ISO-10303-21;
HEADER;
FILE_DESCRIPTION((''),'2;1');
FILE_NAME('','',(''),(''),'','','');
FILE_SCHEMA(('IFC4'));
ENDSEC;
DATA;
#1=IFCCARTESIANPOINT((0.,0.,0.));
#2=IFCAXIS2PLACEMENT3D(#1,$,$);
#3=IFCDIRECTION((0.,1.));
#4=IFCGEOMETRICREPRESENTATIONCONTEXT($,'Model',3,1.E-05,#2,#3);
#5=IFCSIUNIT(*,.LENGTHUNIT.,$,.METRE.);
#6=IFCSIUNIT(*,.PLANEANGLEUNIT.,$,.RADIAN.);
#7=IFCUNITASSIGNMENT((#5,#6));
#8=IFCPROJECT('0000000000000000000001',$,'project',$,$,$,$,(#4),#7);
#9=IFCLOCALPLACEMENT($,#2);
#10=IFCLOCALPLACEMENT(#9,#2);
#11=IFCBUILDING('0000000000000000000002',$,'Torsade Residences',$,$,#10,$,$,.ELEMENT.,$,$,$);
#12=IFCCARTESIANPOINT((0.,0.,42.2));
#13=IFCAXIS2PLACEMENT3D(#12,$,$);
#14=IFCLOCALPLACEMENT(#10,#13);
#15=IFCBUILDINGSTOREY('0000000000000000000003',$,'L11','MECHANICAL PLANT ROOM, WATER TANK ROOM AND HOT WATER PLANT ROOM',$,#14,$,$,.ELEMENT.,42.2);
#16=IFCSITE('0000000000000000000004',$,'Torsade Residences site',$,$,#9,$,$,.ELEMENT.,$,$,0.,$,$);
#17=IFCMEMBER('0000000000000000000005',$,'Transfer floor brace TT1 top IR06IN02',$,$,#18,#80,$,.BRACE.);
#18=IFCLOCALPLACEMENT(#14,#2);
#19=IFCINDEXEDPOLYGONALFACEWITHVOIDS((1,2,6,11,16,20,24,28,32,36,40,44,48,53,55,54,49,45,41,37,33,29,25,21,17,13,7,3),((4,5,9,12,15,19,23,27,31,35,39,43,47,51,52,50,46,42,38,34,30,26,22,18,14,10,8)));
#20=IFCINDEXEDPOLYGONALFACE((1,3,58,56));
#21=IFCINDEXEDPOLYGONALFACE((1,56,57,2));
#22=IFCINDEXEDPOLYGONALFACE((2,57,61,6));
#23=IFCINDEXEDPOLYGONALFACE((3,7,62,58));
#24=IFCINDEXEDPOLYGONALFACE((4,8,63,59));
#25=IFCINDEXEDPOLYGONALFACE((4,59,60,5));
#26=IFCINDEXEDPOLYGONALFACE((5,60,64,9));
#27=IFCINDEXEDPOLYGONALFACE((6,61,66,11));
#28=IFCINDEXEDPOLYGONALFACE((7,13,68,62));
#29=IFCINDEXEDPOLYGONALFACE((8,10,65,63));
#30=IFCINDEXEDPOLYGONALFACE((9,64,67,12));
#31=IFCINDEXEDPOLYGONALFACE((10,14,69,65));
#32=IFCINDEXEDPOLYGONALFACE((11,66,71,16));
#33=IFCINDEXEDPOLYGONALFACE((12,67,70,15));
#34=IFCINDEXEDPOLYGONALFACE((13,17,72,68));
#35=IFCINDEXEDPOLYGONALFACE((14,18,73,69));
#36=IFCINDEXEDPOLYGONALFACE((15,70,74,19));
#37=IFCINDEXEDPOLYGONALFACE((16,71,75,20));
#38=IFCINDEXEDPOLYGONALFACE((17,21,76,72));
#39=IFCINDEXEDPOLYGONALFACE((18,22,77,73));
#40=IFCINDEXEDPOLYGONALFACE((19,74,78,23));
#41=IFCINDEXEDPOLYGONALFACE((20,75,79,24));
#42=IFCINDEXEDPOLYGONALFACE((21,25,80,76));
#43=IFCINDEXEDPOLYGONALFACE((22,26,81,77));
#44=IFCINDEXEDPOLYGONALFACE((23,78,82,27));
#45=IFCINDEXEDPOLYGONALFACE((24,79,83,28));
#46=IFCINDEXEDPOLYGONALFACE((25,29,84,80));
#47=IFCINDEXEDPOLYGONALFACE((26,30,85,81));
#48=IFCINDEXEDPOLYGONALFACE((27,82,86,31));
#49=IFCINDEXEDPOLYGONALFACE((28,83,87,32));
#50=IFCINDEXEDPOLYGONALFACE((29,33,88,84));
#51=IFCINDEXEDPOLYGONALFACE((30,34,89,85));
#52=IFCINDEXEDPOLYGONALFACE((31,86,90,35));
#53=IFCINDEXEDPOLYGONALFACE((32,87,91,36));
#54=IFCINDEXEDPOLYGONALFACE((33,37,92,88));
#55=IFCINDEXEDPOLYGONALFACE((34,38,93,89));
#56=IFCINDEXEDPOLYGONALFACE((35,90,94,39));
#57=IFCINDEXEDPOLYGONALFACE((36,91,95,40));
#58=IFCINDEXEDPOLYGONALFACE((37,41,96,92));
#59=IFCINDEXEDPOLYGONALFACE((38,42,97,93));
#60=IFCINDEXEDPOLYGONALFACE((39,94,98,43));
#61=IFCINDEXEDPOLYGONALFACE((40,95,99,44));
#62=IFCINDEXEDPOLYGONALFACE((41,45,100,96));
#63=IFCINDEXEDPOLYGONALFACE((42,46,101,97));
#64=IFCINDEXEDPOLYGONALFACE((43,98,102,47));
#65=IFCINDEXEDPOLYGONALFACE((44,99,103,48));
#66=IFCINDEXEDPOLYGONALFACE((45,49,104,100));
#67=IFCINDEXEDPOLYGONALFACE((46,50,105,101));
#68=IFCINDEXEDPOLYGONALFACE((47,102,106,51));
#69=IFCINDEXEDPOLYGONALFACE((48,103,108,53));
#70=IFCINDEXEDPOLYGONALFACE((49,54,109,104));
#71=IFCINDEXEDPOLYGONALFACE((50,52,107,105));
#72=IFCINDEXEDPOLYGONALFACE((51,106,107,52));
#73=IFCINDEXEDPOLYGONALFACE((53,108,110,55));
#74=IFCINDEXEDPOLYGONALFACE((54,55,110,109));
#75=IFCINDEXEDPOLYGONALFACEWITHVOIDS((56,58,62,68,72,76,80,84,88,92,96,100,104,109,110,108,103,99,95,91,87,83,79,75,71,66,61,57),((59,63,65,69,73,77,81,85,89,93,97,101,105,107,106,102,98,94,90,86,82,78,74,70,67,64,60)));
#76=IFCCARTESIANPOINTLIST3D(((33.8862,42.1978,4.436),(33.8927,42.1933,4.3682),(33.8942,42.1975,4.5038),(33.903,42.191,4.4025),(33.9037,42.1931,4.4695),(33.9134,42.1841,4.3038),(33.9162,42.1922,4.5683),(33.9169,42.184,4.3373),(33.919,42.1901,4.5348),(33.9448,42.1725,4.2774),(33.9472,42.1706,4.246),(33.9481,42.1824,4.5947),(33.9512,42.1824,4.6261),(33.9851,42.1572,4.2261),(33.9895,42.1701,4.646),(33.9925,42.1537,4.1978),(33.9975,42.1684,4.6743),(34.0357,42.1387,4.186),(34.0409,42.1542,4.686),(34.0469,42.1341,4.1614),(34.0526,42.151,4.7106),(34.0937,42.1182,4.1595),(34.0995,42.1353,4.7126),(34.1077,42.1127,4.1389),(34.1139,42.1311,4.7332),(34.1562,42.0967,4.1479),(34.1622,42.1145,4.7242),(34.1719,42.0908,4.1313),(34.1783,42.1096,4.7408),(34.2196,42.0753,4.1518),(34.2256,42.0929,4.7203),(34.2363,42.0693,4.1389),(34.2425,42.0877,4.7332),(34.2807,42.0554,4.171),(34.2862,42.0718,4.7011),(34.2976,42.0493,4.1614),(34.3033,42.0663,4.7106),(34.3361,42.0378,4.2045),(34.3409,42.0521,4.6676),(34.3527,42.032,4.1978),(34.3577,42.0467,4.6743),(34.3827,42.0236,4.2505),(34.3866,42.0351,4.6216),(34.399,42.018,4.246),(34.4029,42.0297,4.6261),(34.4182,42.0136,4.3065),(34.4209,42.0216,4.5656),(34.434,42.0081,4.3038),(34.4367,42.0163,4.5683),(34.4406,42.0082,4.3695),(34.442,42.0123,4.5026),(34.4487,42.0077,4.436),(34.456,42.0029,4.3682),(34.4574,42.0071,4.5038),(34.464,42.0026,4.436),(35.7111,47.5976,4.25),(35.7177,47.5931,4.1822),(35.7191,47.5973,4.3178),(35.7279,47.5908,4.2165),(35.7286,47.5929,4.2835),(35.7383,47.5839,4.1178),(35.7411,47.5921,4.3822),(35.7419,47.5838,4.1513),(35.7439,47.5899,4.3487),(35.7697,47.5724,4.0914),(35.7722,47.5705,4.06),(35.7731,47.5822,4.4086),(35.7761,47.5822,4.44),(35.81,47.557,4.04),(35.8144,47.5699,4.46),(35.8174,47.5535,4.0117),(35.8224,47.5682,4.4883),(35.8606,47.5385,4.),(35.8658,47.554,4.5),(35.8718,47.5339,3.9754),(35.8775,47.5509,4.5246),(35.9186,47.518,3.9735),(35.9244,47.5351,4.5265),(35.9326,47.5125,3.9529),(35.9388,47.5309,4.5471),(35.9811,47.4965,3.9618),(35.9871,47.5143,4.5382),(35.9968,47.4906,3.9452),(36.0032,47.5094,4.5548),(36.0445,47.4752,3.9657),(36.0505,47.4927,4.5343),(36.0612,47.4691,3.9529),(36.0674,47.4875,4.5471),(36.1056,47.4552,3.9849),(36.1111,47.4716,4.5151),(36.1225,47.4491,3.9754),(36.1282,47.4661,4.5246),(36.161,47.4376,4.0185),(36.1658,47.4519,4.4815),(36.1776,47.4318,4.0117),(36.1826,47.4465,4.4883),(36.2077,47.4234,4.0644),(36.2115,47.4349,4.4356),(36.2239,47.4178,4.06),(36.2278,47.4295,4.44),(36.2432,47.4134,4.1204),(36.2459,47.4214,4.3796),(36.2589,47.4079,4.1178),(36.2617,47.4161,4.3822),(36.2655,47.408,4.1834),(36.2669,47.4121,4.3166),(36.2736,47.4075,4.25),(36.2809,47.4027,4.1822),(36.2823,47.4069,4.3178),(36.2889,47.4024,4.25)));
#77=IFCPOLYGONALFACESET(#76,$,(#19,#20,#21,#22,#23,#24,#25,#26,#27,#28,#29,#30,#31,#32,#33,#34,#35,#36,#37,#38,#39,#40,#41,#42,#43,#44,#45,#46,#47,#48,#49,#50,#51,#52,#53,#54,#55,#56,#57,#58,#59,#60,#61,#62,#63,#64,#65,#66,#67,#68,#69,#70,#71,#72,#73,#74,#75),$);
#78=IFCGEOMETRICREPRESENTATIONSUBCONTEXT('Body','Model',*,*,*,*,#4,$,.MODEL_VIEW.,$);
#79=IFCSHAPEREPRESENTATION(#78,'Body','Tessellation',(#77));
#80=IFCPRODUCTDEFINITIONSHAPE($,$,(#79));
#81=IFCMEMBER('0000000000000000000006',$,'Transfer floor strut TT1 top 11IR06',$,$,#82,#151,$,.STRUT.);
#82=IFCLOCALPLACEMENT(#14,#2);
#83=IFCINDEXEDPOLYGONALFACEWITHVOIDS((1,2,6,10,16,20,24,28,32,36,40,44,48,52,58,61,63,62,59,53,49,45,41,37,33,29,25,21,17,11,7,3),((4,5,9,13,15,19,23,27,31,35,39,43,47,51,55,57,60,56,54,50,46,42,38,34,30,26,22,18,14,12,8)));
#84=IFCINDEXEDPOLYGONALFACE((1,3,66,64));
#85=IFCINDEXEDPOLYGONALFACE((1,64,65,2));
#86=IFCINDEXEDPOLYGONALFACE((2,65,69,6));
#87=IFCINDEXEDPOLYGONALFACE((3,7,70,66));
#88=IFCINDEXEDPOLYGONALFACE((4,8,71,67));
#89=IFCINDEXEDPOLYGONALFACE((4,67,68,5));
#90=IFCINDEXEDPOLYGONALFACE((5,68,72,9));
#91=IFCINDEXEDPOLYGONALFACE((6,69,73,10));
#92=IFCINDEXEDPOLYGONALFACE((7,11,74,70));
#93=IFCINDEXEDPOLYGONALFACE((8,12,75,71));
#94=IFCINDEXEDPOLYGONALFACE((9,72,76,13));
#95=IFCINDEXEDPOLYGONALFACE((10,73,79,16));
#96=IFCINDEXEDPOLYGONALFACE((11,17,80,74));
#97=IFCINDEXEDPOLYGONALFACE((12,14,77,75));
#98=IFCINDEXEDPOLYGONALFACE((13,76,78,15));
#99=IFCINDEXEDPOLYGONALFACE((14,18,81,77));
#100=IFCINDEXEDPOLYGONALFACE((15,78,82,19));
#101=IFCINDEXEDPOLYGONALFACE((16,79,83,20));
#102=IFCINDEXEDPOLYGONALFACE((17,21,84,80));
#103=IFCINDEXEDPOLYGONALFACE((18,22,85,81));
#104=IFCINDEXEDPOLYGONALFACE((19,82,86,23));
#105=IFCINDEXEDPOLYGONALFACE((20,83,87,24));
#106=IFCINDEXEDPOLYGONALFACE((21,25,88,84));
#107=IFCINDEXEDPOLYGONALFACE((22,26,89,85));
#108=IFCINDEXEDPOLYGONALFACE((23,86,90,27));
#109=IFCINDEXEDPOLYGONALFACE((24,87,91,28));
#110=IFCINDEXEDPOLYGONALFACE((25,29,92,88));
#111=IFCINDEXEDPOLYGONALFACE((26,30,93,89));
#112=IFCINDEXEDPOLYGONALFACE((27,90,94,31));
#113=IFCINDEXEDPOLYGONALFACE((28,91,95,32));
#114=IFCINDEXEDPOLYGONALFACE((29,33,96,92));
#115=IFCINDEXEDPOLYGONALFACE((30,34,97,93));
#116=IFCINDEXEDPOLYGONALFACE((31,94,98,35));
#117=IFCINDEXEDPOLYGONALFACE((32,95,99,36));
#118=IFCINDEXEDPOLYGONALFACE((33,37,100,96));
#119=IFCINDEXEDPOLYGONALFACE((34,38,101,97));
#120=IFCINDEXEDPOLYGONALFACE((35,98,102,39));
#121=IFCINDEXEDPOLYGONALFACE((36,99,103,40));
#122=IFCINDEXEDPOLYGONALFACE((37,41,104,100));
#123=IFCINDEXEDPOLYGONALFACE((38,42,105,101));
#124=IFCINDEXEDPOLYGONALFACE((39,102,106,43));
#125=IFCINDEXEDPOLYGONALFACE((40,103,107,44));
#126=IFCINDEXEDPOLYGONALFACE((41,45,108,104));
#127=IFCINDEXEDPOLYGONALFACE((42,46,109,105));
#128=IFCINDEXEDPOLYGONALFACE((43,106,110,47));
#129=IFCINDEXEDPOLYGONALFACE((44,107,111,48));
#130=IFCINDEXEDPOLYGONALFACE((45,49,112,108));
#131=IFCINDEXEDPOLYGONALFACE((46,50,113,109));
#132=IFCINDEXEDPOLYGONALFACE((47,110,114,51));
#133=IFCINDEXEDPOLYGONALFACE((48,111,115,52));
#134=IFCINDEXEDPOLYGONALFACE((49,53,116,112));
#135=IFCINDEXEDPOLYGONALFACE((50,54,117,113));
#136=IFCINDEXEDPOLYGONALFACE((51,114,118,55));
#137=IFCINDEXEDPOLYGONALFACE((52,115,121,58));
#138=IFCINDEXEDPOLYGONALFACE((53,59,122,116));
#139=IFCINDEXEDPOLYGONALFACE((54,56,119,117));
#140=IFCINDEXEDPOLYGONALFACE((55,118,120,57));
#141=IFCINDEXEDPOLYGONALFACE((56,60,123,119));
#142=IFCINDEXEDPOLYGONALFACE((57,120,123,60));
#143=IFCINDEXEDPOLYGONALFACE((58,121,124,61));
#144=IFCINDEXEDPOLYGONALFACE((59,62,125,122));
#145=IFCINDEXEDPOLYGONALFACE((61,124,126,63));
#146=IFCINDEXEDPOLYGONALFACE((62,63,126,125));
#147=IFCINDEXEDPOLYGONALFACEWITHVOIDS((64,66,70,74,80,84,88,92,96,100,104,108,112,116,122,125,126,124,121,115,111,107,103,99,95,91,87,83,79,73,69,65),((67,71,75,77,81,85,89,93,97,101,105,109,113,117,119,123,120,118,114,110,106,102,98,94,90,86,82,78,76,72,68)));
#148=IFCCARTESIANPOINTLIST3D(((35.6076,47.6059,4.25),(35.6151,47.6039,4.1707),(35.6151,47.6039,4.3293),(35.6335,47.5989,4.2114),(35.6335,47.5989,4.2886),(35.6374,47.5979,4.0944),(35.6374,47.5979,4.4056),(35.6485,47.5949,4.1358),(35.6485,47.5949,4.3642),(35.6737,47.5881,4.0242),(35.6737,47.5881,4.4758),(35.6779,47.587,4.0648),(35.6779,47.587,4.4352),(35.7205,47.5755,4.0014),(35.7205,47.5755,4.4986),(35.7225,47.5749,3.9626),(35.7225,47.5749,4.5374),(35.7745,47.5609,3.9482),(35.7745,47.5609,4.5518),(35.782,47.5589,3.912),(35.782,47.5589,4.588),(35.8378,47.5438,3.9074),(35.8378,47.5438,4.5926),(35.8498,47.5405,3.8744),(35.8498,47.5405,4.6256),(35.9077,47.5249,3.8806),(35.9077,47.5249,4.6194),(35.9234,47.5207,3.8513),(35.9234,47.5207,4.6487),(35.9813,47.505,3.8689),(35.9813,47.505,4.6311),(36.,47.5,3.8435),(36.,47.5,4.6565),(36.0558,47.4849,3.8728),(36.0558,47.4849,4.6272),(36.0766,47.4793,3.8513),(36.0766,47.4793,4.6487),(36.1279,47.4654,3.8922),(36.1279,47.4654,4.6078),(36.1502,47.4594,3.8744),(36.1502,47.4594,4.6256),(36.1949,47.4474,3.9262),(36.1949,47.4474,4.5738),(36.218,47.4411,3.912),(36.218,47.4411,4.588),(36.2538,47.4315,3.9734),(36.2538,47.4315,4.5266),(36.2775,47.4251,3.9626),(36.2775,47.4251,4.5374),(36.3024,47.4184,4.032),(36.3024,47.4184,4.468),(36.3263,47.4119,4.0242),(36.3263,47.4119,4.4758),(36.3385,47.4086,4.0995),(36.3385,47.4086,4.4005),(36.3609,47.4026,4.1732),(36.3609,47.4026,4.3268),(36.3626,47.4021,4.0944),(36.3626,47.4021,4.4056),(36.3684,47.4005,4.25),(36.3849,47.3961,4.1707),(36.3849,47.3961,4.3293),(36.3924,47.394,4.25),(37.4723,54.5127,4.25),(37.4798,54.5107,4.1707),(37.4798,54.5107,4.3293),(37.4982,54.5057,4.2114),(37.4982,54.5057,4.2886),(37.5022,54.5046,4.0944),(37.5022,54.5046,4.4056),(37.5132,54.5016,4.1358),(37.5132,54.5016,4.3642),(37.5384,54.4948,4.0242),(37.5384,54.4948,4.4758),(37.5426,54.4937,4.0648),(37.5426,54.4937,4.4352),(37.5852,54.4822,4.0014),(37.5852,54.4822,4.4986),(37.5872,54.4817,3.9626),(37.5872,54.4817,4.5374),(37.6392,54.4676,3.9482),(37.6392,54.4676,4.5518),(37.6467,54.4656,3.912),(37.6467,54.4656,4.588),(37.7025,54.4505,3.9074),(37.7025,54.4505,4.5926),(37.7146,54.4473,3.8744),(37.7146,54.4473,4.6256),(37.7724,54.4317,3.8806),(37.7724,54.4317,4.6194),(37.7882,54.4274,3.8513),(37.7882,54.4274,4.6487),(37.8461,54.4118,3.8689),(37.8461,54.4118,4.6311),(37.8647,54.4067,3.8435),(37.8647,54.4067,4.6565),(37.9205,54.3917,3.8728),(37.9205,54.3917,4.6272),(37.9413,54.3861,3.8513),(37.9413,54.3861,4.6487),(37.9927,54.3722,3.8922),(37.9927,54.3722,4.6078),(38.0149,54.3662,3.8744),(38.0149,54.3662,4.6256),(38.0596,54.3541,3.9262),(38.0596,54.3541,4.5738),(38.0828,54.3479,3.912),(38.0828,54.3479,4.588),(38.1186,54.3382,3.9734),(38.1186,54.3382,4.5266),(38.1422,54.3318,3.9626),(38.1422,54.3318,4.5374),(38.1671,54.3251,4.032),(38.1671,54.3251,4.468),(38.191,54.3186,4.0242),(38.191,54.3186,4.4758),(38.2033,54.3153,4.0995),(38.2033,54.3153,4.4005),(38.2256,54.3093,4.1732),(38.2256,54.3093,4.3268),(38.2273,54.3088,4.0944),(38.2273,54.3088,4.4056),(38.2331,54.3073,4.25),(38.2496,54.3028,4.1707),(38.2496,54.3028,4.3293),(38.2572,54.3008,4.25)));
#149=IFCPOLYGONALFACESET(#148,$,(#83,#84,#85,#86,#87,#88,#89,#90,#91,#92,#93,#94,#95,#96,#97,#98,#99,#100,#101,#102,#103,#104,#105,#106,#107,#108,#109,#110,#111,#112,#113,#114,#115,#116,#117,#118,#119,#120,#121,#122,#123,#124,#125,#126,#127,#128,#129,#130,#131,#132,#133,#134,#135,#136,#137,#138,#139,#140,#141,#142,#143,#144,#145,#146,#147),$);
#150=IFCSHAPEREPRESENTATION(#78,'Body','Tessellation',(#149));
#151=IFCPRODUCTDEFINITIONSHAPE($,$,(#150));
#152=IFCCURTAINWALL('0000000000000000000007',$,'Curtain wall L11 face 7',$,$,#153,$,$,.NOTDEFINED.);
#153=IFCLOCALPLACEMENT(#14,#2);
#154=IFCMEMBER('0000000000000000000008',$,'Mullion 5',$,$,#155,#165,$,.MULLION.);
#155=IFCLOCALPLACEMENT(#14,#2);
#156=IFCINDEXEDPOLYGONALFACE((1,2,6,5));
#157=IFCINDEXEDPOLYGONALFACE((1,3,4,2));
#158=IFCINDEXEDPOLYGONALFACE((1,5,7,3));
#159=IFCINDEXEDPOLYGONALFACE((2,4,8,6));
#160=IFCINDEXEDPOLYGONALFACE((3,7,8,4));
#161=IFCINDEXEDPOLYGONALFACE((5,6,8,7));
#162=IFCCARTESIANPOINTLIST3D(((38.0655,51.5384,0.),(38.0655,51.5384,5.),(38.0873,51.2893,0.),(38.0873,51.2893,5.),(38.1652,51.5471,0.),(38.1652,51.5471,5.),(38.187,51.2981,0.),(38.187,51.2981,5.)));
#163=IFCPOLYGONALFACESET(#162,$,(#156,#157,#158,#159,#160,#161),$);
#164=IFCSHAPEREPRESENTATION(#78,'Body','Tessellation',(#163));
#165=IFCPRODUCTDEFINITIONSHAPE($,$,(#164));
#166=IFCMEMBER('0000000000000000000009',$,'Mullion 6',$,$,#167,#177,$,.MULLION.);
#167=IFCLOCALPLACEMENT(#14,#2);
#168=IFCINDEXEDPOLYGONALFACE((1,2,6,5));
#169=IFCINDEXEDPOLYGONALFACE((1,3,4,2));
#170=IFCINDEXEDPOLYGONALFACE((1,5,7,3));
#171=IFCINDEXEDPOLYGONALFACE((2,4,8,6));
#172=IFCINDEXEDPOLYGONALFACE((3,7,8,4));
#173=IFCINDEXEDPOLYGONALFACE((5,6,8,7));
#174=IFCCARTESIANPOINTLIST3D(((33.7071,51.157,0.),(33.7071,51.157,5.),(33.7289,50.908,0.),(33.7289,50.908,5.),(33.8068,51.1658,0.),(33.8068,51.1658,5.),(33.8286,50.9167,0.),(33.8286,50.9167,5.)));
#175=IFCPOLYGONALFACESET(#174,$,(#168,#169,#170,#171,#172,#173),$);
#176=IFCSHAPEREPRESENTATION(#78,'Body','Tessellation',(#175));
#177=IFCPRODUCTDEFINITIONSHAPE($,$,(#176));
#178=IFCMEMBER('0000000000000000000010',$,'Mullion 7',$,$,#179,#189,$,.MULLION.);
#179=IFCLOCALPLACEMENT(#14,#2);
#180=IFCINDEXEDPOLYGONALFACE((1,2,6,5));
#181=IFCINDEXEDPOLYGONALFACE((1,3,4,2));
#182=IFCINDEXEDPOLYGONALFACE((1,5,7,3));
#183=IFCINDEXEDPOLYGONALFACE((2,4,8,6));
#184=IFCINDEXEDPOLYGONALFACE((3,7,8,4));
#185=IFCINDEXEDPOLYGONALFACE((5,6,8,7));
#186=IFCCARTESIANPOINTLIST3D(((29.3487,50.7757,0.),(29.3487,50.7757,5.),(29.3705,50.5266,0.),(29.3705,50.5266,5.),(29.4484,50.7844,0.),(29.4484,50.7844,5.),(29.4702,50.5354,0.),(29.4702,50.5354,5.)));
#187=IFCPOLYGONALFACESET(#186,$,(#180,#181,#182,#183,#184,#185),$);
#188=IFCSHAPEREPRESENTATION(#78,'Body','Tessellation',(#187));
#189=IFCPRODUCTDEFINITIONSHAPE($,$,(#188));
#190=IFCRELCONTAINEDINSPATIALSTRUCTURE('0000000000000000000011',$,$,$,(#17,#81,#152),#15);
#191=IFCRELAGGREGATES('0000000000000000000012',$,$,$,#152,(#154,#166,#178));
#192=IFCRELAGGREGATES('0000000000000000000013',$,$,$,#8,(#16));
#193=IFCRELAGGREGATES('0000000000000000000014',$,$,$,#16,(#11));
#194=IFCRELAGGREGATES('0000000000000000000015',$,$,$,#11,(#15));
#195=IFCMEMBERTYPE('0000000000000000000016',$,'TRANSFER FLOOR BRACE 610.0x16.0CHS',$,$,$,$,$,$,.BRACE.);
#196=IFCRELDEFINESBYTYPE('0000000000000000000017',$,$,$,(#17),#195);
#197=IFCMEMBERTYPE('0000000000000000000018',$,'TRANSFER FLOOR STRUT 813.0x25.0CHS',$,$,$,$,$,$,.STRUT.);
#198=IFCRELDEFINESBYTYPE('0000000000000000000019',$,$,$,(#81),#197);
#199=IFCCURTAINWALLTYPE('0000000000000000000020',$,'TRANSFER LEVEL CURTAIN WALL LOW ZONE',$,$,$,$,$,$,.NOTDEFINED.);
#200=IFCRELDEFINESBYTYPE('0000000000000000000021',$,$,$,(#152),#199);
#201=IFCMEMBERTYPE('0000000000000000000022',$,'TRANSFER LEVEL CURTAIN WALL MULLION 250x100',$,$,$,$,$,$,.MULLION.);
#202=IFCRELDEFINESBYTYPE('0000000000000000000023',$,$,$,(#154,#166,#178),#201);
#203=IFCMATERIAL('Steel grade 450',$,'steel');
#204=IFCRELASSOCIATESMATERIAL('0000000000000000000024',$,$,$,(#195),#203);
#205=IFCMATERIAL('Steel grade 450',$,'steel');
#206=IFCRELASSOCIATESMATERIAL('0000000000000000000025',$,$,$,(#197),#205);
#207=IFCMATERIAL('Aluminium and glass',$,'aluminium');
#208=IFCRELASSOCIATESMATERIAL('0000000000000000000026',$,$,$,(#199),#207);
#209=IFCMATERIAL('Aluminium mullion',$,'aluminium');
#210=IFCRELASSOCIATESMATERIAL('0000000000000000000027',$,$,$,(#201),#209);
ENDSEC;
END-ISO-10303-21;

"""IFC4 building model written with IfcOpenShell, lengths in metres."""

from ifc_helpers import new_model, si_unit, direction, frame, origin, origin_2d, place, context, subcontext, project, spatial, rectangle, hollow_circle, extrude, material, material_profile, profile_set, type_object, element, aggregate, save


model = new_model("IFC4")

# Units and contexts
model_context = context("Model", 3, precision=1e-05, world=origin(), true_north=direction((0.0, 1.0)))
body_context = subcontext(model_context, "Body", "Model", "MODEL_VIEW")
ifc_project = project(units=[si_unit("LENGTHUNIT", "METRE"), si_unit("PLANEANGLEUNIT", "RADIAN")], contexts=[model_context])

# Site, building, storey
site_placement = place(None, origin())
site = spatial("IfcSite", under=ifc_project, at=site_placement, Name="Torsade Residences site", CompositionType="ELEMENT", RefElevation=0.0)
building_placement = place(site_placement, origin())
building = spatial("IfcBuilding", under=site, at=building_placement, Name="Torsade Residences", CompositionType="ELEMENT")
storey_placement = place(building_placement, frame((0.0, 0.0, 42.2)))
storey = spatial("IfcBuildingStorey", under=building, at=storey_placement, Name="L11", Description="MECHANICAL PLANT ROOM, WATER TANK ROOM AND HOT WATER PLANT ROOM", CompositionType="ELEMENT", Elevation=42.2)

# Members
ifc_material_1 = material(Name="Steel grade 450", Category="steel")
ifc_material_profile_1 = material_profile(ifc_material_1, hollow_circle(Radius=0.3049, WallThickness=0.0161, at=origin_2d()), Name="610.0x16.0CHS")
ifc_profile_set_1 = profile_set([ifc_material_profile_1], Name="Steel grade 450")
member_type_1 = type_object("IfcMemberType", Name="TRANSFER FLOOR BRACE 610.0x16.0CHS", PredefinedType="BRACE", material=ifc_profile_set_1)
member_1_placement = place(storey_placement, frame((36.0, 47.5, 4.25), z_axis=(-0.319999, -0.946856, 0.032621), x_axis=(0.94736, -0.32017, 0.0)))
element("IfcMember", 1, at=member_1_placement, inside=storey, type_object=member_type_1, Name="Transfer floor brace TT1 top IR06IN02", PredefinedType="BRACE", context=body_context, shape_type="SweptSolid", body=[
    extrude(hollow_circle(Radius=0.3049, WallThickness=0.0161, at=origin_2d()), origin(), (0.0, 0.0, 1.0), 5.7029),
])
ifc_material_2 = material(Name="Steel grade 450", Category="steel")
ifc_material_profile_2 = material_profile(ifc_material_2, hollow_circle(Radius=0.4065, WallThickness=0.0249, at=origin_2d()), Name="813.0x25.0CHS")
ifc_profile_set_2 = profile_set([ifc_material_profile_2], Name="Steel grade 450")
member_type_2 = type_object("IfcMemberType", Name="TRANSFER FLOOR STRUT 813.0x25.0CHS", PredefinedType="STRUT", material=ifc_profile_set_2)
member_2_placement = place(storey_placement, frame((37.8647, 54.4067, 4.25), z_axis=(-0.260656, -0.965432, 0.0), x_axis=(0.965432, -0.260656, 0.0)))
element("IfcMember", 2, at=member_2_placement, inside=storey, type_object=member_type_2, Name="Transfer floor strut TT1 top 11IR06", PredefinedType="STRUT", context=body_context, shape_type="SweptSolid", body=[
    extrude(hollow_circle(Radius=0.4065, WallThickness=0.0249, at=origin_2d()), origin(), (0.0, 0.0, 1.0), 7.1541),
])

# Curtain wall, members
ifc_material_3 = material(Name="Aluminium and glass", Category="aluminium")
curtain_wall_type = type_object("IfcCurtainWallType", Name="TRANSFER LEVEL CURTAIN WALL LOW ZONE", PredefinedType="NOTDEFINED", material=ifc_material_3)
curtain_wall_placement = place(storey_placement, origin())
curtain_wall = element("IfcCurtainWall", 3, at=curtain_wall_placement, inside=storey, type_object=curtain_wall_type, Name="Curtain wall L11 face 7", PredefinedType="NOTDEFINED")
ifc_material_4 = material(Name="Aluminium mullion", Category="aluminium")
ifc_material_profile_3 = material_profile(ifc_material_4, rectangle(XDim=0.25, YDim=0.1001, at=origin_2d()), Name="TRANSFER LEVEL CURTAIN WALL MULLION 250x100")
ifc_profile_set_3 = profile_set([ifc_material_profile_3], Name="Aluminium mullion")
member_type_3 = type_object("IfcMemberType", Name="TRANSFER LEVEL CURTAIN WALL MULLION 250x100", PredefinedType="MULLION", material=ifc_profile_set_3)
member_3_placement = place(storey_placement, frame((38.1262, 51.4182, 0.0), z_axis=(0.0, 0.0, 1.0), x_axis=(0.087156, -0.996195, 0.0)))
member_3 = element("IfcMember", 4, at=member_3_placement, type_object=member_type_3, Name="Mullion 5", PredefinedType="MULLION", context=body_context, shape_type="SweptSolid", body=[
    extrude(rectangle(XDim=0.25, YDim=0.1001, at=origin_2d()), origin(), (0.0, 0.0, 1.0), 5.0),
])
member_4_placement = place(storey_placement, frame((33.7678, 51.0369, 0.0), z_axis=(0.0, 0.0, 1.0), x_axis=(0.087156, -0.996195, 0.0)))
member_4 = element("IfcMember", 5, at=member_4_placement, type_object=member_type_3, Name="Mullion 6", PredefinedType="MULLION", context=body_context, shape_type="SweptSolid", body=[
    extrude(rectangle(XDim=0.25, YDim=0.1001, at=origin_2d()), origin(), (0.0, 0.0, 1.0), 5.0),
])
member_5_placement = place(storey_placement, frame((29.4094, 50.6555, 0.0), z_axis=(0.0, 0.0, 1.0), x_axis=(0.087156, -0.996195, 0.0)))
member_5 = element("IfcMember", 6, at=member_5_placement, type_object=member_type_3, Name="Mullion 7", PredefinedType="MULLION", context=body_context, shape_type="SweptSolid", body=[
    extrude(rectangle(XDim=0.25, YDim=0.1001, at=origin_2d()), origin(), (0.0, 0.0, 1.0), 5.0),
])

aggregate(curtain_wall, [member_3, member_4, member_5])

save(model, "model.ifc")
